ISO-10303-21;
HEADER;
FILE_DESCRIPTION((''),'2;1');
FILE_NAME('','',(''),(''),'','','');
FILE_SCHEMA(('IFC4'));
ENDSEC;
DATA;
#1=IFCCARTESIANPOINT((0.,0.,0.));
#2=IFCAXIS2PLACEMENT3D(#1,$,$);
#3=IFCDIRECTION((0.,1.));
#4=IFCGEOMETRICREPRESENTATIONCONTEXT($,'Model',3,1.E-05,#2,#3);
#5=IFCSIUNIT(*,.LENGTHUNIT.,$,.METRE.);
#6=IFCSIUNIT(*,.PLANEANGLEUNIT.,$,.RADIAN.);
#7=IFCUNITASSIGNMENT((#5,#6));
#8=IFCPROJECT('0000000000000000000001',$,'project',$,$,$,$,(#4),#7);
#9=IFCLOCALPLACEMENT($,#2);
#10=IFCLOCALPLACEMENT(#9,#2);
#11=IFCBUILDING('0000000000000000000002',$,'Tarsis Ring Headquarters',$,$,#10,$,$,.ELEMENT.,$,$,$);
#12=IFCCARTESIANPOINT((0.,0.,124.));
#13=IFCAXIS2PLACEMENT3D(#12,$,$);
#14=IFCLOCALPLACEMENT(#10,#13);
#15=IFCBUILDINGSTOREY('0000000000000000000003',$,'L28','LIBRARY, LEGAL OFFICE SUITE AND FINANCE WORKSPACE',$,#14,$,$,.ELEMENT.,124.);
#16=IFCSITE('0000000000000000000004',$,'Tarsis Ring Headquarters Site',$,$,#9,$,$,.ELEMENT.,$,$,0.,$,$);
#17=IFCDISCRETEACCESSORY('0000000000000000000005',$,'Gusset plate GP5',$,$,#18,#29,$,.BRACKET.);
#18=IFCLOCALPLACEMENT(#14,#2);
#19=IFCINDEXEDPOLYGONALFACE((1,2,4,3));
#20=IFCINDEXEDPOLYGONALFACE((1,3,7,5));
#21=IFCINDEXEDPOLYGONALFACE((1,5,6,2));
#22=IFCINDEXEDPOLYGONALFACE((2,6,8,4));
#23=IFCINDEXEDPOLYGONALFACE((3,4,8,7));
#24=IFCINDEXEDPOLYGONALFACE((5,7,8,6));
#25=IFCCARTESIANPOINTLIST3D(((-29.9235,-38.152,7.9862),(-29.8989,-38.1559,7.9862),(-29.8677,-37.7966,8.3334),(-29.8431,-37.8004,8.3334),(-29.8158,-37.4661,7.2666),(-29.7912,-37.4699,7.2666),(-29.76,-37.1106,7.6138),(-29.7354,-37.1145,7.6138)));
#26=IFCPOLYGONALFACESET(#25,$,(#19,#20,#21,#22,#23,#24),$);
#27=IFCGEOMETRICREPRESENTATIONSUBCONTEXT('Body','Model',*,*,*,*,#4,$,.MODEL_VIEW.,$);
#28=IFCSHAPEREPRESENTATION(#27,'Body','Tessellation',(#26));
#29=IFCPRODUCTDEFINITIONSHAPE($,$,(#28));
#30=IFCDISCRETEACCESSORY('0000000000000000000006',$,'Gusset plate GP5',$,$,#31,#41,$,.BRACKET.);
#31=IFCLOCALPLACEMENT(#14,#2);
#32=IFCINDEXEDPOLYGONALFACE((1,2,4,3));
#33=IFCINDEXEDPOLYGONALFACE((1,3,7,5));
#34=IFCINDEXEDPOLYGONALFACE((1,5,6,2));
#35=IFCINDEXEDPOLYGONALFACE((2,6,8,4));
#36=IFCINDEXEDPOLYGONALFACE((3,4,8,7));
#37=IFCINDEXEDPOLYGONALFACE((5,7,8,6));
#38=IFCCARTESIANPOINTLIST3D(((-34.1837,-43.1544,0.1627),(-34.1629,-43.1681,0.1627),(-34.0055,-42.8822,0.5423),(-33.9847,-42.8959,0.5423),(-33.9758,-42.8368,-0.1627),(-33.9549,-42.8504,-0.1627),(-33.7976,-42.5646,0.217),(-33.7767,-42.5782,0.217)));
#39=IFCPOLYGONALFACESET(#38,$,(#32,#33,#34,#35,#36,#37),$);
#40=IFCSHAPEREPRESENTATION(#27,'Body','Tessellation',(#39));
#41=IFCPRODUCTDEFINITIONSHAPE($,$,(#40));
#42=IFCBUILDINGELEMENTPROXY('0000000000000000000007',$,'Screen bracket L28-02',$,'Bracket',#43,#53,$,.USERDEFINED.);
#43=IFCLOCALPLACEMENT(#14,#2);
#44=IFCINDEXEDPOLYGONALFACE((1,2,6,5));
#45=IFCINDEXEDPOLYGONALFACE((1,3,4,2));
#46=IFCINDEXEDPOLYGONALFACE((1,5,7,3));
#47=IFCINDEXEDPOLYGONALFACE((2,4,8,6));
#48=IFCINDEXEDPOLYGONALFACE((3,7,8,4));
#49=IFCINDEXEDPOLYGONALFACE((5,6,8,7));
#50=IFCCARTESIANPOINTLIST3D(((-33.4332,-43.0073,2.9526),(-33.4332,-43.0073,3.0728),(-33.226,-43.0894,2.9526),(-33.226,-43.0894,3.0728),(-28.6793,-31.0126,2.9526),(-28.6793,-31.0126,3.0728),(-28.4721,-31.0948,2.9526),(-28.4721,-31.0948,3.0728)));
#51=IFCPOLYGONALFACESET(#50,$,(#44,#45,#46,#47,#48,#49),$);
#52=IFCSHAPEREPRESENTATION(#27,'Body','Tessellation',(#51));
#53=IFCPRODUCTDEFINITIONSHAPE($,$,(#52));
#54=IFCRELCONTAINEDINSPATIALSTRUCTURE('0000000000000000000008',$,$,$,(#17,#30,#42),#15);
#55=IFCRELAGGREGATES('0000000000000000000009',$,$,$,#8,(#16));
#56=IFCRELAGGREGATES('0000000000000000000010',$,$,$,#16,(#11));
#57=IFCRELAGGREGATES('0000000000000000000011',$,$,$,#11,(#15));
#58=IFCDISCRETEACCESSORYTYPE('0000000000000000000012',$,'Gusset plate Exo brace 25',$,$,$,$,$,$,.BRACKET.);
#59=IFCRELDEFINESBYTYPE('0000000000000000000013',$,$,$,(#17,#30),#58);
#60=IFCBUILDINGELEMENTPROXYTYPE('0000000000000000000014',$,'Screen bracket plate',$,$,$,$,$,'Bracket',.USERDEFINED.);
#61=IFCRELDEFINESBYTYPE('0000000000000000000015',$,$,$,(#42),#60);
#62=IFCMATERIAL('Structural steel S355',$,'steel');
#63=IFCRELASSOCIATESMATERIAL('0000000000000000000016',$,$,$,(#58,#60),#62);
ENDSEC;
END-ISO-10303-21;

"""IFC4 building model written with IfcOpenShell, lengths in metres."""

from ifc_helpers import new_model, si_unit, direction, frame, origin, origin_2d, place, context, subcontext, project, spatial, rectangle, extrude, material, material_profile, profile_set, type_object, element, save


model = new_model("IFC4")

# Units and contexts
model_context = context("Model", 3, precision=1e-05, world=origin(), true_north=direction((0.0, 1.0)))
body_context = subcontext(model_context, "Body", "Model", "MODEL_VIEW")
ifc_project = project(units=[si_unit("LENGTHUNIT", "METRE"), si_unit("PLANEANGLEUNIT", "RADIAN")], contexts=[model_context])

# Site, building, storey
site_placement = place(None, origin())
site = spatial("IfcSite", under=ifc_project, at=site_placement, Name="Tarsis Ring Headquarters Site", CompositionType="ELEMENT", RefElevation=0.0)
building_placement = place(site_placement, origin())
building = spatial("IfcBuilding", under=site, at=building_placement, Name="Tarsis Ring Headquarters", CompositionType="ELEMENT")
storey_placement = place(building_placement, frame((0.0, 0.0, 124.0)))
storey = spatial("IfcBuildingStorey", under=building, at=storey_placement, Name="L28", Description="LIBRARY, LEGAL OFFICE SUITE AND FINANCE WORKSPACE", CompositionType="ELEMENT", Elevation=124.0)

# Shared definitions
ifc_material_1 = material(Name="Structural steel S355", Category="steel")

# Discrete accessories
ifc_material_profile_1 = material_profile(ifc_material_1, rectangle(XDim=0.0249, YDim=0.5, at=origin_2d()), Name="PL 25x500")
ifc_profile_set_1 = profile_set([ifc_material_profile_1], Name="Structural steel S355")
discrete_accessory_type = type_object("IfcDiscreteAccessoryType", Name="Gusset plate Exo brace 25", PredefinedType="BRACKET", material=ifc_profile_set_1)
discrete_accessory_1_placement = place(storey_placement, frame((-29.7756, -37.2903, 7.4402), z_axis=(-0.107653, -0.685952, 0.719639), x_axis=(0.987908, -0.155042, 0.0)))
element("IfcDiscreteAccessory", 1, at=discrete_accessory_1_placement, inside=storey, type_object=discrete_accessory_type, Name="Gusset plate GP5", PredefinedType="BRACKET", context=body_context, shape_type="SweptSolid", body=[
    extrude(rectangle(XDim=0.0249, YDim=0.5, at=origin_2d()), origin(), (0.0, 0.0, 1.0), 1.0),
])
discrete_accessory_2_placement = place(storey_placement, frame((-34.0693, -43.0024, 0.0), z_axis=(0.356452, 0.544444, 0.759291), x_axis=(-0.836639, 0.547755, 0.0)))
element("IfcDiscreteAccessory", 2, at=discrete_accessory_2_placement, inside=storey, type_object=discrete_accessory_type, Name="Gusset plate GP5", PredefinedType="BRACKET", context=body_context, shape_type="SweptSolid", body=[
    extrude(rectangle(XDim=0.0249, YDim=0.5, at=origin_2d()), origin(), (0.0, 0.0, 1.0), 0.5),
])

# Building element proxy
building_element_proxy_type = type_object("IfcBuildingElementProxyType", Name="Screen bracket plate", ElementType="Bracket", PredefinedType="USERDEFINED", material=ifc_material_1)
proxy_placement = place(storey_placement, frame((-30.9526, -37.051, 2.9526), z_axis=(0.0, 0.0, 1.0), x_axis=(-0.368449, -0.929648, 0.0)))
element("IfcBuildingElementProxy", 3, at=proxy_placement, inside=storey, type_object=building_element_proxy_type, Name="Screen bracket L28-02", ObjectType="Bracket", PredefinedType="USERDEFINED", context=body_context, shape_type="SweptSolid", body=[
    extrude(rectangle(XDim=12.9023, YDim=0.2229, at=origin_2d()), origin(), (0.0, 0.0, 1.0), 0.1201),
])

save(model, "model.ifc")
